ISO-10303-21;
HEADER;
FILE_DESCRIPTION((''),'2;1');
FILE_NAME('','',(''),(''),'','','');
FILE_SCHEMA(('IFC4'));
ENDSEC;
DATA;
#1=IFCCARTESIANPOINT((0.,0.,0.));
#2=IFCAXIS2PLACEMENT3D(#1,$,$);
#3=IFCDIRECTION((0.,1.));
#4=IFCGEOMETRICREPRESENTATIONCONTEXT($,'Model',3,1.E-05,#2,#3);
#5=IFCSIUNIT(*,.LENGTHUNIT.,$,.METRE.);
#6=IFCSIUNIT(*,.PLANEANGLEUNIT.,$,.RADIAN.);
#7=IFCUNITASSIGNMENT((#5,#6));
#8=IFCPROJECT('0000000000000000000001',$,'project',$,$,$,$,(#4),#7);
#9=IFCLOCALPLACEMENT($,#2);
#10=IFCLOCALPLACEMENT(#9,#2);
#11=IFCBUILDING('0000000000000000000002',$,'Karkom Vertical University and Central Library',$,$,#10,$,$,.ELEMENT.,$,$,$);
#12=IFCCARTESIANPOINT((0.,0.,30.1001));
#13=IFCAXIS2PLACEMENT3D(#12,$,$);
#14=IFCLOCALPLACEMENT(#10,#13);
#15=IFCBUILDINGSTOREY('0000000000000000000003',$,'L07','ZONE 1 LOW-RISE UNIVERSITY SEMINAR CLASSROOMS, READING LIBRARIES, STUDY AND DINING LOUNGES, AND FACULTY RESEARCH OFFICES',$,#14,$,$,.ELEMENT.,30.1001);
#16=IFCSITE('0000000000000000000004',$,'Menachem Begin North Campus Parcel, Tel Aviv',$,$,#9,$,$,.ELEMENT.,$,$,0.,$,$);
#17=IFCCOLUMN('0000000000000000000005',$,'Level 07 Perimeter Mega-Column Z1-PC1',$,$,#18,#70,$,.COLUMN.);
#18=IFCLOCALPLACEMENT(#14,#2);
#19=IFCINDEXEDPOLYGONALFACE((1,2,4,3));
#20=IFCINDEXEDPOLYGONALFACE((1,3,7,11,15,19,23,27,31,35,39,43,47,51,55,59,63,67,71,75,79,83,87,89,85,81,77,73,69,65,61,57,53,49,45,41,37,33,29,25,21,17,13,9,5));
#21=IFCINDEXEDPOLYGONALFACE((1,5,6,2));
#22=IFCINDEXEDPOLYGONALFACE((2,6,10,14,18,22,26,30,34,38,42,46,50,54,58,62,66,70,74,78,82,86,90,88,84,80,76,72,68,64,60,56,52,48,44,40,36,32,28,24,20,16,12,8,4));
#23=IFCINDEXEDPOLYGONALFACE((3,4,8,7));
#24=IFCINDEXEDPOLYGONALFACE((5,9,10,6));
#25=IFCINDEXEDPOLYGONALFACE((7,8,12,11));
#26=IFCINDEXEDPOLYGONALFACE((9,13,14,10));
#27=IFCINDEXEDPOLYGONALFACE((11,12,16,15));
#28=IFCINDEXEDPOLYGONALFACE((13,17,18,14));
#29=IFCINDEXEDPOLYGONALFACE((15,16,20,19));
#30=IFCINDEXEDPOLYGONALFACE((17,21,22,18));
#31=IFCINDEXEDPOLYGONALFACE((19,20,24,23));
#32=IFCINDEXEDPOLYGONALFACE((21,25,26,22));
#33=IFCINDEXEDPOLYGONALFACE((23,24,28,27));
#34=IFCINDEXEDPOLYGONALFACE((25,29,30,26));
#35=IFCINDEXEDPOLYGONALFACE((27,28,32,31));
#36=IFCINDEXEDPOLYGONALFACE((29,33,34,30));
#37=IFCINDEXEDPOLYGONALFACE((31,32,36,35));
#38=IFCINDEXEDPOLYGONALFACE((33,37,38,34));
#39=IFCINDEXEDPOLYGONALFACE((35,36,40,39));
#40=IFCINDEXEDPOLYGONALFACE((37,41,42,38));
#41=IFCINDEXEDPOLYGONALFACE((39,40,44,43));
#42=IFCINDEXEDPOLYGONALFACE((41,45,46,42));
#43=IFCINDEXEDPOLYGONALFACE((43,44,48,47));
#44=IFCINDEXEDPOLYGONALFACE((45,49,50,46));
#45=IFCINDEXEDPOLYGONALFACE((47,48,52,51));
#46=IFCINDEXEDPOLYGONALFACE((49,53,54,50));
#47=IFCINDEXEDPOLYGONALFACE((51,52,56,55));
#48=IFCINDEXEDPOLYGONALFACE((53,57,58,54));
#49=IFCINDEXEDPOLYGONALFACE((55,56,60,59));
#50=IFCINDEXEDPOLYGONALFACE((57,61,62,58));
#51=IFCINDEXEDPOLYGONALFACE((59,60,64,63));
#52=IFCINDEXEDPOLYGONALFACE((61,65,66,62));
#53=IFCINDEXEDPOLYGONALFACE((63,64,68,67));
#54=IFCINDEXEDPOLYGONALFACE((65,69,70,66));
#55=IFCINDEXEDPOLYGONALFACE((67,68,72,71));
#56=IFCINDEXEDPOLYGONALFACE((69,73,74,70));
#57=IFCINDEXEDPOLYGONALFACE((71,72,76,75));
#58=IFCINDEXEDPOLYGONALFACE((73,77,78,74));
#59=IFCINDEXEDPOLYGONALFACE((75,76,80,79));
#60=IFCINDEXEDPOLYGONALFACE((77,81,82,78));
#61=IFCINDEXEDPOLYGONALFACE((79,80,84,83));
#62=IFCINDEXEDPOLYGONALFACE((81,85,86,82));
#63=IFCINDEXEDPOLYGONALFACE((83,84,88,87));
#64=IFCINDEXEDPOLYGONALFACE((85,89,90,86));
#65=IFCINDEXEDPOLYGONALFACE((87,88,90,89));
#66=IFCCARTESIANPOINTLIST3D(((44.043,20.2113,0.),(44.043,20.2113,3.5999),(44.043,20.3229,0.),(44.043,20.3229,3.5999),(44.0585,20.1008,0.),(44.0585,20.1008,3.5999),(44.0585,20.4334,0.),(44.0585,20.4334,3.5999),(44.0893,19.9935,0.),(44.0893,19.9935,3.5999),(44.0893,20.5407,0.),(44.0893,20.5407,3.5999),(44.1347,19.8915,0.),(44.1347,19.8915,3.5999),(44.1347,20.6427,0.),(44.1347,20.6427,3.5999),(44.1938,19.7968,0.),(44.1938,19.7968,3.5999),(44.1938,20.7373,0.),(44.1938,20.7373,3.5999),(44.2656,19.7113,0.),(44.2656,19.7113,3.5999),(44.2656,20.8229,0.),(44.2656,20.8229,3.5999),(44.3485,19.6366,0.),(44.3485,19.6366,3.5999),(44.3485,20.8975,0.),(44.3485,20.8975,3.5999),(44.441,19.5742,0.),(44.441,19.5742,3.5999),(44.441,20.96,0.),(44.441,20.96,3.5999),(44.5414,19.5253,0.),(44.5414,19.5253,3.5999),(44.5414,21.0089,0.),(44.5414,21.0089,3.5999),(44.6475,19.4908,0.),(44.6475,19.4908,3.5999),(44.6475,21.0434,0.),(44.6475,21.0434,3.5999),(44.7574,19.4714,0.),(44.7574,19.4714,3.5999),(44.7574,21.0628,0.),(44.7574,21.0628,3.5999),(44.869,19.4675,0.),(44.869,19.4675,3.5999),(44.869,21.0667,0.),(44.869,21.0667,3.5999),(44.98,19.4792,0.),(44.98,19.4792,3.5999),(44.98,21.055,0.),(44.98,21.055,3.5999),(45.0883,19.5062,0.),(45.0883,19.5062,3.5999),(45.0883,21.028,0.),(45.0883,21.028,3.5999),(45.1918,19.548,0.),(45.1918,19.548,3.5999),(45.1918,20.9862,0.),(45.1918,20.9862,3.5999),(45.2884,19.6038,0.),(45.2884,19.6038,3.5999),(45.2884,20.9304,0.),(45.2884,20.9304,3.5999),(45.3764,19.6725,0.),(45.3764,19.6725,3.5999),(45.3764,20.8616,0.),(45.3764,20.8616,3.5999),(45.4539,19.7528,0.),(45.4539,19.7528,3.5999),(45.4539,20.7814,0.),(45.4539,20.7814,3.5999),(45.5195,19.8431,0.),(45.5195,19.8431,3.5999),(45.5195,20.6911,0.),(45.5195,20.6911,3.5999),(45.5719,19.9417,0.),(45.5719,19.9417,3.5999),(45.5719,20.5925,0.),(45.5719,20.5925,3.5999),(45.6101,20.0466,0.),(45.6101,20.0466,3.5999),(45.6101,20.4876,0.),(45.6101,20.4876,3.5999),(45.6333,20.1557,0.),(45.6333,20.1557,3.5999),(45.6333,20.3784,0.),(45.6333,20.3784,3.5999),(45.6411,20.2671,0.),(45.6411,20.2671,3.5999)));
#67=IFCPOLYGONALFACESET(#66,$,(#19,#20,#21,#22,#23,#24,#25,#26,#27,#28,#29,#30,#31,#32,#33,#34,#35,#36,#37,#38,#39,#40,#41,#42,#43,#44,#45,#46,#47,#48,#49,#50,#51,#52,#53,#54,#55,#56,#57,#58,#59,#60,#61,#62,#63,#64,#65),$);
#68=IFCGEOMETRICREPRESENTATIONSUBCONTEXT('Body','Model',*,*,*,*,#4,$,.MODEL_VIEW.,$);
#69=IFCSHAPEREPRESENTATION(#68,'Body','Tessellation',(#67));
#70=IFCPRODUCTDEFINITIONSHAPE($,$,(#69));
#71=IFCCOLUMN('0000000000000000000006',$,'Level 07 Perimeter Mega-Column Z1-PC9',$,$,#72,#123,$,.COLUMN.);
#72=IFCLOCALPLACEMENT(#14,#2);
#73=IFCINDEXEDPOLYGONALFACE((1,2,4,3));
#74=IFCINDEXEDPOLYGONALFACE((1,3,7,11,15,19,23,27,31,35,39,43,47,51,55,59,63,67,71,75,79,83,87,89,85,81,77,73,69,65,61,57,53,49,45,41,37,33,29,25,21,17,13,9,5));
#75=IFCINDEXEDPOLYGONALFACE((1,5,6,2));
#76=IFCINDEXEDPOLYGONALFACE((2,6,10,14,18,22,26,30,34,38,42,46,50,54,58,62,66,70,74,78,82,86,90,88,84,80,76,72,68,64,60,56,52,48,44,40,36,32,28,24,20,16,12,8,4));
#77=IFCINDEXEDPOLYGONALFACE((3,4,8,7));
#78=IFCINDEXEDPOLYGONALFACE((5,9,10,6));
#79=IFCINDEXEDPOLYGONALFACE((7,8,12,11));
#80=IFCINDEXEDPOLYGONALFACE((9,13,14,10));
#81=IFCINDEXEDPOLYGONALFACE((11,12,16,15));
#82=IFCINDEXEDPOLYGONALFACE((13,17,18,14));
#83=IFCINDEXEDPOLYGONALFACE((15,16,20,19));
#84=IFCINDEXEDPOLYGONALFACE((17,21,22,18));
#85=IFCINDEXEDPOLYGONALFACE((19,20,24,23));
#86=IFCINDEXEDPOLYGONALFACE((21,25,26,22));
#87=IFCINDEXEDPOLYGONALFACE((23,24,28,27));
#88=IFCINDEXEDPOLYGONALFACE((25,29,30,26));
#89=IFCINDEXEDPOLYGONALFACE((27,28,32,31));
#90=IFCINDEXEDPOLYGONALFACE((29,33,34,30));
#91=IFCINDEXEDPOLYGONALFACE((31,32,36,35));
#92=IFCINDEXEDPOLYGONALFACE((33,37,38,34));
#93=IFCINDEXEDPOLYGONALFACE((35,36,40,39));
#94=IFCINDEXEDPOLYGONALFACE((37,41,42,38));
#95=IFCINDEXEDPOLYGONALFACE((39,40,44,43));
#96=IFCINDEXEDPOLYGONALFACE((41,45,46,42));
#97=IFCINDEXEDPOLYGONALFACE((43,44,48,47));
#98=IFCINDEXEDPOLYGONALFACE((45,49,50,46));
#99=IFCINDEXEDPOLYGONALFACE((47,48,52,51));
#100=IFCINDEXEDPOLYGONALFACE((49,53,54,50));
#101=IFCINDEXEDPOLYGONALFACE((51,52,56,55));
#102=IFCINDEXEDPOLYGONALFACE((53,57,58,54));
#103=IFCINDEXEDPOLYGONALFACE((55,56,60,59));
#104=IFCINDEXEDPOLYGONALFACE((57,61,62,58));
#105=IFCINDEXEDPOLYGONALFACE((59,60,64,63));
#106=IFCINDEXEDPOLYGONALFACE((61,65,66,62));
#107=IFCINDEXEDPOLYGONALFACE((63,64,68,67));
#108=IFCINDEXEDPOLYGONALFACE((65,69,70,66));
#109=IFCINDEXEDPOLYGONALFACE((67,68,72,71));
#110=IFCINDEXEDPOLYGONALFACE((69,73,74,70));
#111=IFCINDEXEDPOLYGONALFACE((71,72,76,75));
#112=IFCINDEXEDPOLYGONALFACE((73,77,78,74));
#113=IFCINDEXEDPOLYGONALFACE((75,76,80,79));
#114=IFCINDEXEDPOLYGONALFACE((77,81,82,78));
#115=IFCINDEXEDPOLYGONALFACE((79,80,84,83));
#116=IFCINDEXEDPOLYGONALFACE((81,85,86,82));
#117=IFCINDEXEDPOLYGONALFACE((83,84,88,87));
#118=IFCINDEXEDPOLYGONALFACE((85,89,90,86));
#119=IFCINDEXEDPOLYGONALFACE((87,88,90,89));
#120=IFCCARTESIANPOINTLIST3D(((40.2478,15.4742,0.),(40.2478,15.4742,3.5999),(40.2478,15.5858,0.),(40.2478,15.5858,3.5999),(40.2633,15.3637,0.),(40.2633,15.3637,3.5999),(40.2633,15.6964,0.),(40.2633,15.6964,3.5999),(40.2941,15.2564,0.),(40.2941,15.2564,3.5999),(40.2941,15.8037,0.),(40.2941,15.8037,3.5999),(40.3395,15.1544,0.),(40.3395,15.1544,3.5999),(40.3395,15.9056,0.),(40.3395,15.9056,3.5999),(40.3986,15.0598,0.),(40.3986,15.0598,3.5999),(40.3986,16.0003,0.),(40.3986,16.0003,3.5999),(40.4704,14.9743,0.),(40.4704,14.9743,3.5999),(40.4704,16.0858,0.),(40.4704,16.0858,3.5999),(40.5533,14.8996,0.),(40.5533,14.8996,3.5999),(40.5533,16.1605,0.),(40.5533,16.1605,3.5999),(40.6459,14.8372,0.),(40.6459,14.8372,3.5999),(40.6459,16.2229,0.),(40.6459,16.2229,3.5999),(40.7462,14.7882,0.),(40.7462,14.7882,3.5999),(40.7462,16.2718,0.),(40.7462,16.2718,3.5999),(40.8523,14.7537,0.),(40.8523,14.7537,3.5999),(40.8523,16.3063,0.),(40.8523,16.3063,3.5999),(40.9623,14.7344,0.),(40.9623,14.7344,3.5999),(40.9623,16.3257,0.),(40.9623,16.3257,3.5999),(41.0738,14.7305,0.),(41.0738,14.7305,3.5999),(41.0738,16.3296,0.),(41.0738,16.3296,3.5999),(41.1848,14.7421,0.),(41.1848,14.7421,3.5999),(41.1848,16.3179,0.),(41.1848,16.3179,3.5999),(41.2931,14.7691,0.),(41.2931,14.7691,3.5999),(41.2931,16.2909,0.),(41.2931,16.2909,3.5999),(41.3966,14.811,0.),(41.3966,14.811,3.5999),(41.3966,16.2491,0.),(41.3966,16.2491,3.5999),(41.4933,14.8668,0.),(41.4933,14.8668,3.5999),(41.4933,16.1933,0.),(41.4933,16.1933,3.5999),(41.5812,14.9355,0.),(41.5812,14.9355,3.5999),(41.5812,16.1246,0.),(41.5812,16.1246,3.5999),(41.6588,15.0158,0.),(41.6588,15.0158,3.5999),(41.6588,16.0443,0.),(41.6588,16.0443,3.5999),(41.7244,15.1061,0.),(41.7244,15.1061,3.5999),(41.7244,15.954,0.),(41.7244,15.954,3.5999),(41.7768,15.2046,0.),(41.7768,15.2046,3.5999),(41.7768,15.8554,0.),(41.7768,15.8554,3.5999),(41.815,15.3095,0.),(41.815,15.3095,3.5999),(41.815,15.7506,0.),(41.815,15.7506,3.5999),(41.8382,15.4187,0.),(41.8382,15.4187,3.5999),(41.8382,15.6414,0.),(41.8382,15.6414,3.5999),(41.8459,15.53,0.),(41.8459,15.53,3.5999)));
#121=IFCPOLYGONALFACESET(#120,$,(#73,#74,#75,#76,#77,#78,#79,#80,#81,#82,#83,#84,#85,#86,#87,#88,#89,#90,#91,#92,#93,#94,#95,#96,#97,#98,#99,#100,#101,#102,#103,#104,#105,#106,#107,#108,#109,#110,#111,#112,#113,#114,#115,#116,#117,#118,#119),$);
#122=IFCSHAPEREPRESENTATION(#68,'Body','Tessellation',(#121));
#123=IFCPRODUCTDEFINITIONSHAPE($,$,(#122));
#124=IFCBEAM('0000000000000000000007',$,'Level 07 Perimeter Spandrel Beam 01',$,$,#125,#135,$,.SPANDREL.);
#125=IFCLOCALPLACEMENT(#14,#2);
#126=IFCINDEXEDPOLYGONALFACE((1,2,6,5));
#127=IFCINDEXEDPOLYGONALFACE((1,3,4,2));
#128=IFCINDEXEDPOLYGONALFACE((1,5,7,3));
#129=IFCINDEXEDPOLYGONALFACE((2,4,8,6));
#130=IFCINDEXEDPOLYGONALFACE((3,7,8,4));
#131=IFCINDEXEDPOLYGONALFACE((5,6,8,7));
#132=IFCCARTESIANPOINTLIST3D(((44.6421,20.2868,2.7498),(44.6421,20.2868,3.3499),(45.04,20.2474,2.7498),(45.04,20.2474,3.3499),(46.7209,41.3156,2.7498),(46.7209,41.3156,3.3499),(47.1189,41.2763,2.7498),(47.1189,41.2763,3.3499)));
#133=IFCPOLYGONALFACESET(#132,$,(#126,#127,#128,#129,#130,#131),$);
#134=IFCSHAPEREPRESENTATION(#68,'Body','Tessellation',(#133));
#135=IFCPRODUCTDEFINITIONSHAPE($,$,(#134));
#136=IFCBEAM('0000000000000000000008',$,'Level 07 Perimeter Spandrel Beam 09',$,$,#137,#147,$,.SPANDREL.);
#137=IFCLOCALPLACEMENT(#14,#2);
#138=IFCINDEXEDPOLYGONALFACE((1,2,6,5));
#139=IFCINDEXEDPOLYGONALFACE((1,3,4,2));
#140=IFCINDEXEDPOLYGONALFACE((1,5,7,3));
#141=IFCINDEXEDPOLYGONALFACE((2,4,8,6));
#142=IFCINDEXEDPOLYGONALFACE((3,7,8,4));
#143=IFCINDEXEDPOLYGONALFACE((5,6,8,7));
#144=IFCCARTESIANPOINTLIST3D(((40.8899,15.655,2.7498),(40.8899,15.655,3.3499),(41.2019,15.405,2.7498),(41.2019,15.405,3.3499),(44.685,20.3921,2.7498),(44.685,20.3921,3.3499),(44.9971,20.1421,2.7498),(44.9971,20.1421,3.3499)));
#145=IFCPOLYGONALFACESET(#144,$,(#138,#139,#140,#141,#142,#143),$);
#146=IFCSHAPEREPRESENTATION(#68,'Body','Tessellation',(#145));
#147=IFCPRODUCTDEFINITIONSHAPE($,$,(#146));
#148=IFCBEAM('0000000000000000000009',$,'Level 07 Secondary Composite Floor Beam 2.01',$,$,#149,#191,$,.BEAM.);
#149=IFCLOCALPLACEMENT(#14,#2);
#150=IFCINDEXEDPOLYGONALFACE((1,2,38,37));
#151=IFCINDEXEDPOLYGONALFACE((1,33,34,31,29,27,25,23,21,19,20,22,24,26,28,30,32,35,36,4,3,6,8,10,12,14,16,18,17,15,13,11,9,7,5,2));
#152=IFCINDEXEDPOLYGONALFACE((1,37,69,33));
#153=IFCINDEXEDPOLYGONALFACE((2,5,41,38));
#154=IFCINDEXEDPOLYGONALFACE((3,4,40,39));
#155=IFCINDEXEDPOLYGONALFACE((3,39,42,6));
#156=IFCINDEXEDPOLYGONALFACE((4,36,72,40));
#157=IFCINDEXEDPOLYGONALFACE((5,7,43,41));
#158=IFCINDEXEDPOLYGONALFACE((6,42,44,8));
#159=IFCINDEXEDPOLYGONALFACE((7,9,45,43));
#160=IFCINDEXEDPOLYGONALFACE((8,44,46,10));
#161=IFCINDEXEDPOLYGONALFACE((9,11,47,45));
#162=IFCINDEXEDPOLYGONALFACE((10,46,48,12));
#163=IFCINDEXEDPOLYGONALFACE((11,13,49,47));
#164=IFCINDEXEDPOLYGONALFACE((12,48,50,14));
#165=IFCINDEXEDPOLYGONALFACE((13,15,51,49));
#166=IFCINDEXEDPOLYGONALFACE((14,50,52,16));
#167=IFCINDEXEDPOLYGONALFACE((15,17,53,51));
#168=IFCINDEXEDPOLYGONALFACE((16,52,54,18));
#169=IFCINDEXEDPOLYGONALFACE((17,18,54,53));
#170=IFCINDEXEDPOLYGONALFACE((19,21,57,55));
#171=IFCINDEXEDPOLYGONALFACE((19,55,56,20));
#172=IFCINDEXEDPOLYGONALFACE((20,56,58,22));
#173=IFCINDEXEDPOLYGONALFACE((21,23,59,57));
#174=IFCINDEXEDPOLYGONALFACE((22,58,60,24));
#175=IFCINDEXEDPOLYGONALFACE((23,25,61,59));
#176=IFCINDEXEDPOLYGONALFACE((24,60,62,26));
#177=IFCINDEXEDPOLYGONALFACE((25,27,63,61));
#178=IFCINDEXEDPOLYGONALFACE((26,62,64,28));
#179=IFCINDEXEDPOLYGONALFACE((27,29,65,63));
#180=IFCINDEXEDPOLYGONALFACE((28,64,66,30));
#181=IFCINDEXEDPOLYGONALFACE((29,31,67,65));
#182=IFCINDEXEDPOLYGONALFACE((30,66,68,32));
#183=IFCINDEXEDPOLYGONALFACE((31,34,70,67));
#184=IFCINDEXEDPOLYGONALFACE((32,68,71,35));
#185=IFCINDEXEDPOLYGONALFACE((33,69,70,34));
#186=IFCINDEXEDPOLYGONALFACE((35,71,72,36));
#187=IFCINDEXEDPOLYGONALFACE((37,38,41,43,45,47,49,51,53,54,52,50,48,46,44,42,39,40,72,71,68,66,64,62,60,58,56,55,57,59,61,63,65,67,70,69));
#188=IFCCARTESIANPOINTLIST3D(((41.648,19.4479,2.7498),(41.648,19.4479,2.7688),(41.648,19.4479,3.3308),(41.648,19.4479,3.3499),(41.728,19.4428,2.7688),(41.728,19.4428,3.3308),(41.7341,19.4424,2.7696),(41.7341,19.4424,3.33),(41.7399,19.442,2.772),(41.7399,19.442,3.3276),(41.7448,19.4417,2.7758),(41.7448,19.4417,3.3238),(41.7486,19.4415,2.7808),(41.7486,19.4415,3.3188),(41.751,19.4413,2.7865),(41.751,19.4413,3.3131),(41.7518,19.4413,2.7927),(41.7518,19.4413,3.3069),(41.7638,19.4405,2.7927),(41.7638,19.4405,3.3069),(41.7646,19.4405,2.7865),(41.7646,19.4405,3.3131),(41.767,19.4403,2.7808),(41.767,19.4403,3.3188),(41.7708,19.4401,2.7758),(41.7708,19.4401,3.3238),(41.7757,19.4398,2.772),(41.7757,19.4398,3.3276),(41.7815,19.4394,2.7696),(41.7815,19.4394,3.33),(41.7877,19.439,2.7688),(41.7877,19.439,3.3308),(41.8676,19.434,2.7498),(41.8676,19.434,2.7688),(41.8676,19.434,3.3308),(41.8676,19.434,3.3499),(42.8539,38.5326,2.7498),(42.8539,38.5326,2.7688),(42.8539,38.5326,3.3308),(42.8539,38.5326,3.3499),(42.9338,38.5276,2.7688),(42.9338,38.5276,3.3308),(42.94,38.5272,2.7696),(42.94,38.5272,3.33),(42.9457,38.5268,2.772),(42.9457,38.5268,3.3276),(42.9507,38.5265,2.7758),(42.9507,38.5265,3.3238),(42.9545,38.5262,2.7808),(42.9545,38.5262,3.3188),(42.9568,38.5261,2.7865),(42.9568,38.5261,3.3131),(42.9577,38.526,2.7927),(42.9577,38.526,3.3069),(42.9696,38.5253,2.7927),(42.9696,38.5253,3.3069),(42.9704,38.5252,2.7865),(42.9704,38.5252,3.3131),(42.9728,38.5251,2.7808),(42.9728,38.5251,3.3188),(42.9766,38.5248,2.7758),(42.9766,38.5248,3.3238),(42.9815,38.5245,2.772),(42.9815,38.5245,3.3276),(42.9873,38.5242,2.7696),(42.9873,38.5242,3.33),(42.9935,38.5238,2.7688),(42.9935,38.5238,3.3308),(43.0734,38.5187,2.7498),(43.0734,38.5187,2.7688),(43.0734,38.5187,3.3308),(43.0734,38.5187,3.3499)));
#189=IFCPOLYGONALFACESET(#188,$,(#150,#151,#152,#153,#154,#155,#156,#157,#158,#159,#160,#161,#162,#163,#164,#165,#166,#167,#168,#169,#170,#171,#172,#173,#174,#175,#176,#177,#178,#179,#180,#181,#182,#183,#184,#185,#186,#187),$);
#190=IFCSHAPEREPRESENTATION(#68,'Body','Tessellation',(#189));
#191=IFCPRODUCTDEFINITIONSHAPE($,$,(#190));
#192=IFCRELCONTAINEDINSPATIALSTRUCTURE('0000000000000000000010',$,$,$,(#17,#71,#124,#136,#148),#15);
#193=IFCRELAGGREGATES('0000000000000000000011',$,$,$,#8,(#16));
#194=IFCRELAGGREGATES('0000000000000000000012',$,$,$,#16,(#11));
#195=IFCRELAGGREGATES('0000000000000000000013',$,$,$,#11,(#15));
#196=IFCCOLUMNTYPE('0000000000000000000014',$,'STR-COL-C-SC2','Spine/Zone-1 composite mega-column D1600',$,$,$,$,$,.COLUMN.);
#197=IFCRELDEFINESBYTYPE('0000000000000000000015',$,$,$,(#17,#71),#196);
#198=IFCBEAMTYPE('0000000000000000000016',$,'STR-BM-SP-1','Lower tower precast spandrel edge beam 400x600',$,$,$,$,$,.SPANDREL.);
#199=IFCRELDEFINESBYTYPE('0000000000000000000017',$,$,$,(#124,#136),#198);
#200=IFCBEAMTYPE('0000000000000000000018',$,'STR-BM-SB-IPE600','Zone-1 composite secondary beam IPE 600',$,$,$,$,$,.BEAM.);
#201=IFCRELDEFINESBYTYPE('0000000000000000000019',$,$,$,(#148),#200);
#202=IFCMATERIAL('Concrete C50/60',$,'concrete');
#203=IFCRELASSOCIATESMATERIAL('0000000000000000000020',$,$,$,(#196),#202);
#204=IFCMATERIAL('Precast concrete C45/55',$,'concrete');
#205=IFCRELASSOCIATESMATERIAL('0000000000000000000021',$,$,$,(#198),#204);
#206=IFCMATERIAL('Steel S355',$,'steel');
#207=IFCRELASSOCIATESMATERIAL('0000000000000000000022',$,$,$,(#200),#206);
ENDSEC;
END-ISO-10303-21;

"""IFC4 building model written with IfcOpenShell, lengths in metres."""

from ifc_helpers import new_model, si_unit, direction, frame, origin, origin_with_axes, origin_2d, place, context, subcontext, project, spatial, rectangle, circle, i_section, extrude, source, transform, mapped, material, material_profile, profile_set, type_object, element, save


model = new_model("IFC4")

# Units and contexts
model_context = context("Model", 3, precision=1e-05, world=origin(), true_north=direction((0.0, 1.0)))
body_context = subcontext(model_context, "Body", "Model", "MODEL_VIEW")
ifc_project = project(units=[si_unit("LENGTHUNIT", "METRE"), si_unit("PLANEANGLEUNIT", "RADIAN")], contexts=[model_context])

# Site, building, storey
site_placement = place(None, origin())
site = spatial("IfcSite", under=ifc_project, at=site_placement, Name="Menachem Begin North Campus Parcel, Tel Aviv", CompositionType="ELEMENT", RefElevation=0.0)
building_placement = place(site_placement, origin())
building = spatial("IfcBuilding", under=site, at=building_placement, Name="Karkom Vertical University and Central Library", CompositionType="ELEMENT")
storey_placement = place(building_placement, frame((0.0, 0.0, 30.1001)))
storey = spatial("IfcBuildingStorey", under=building, at=storey_placement, Name="L07", Description="ZONE 1 LOW-RISE UNIVERSITY SEMINAR CLASSROOMS, READING LIBRARIES, STUDY AND DINING LOUNGES, AND FACULTY RESEARCH OFFICES", CompositionType="ELEMENT", Elevation=30.1001)

# Columns
ifc_material_1 = material(Name="Concrete C50/60", Category="concrete")
ifc_material_profile_1 = material_profile(ifc_material_1, circle(Radius=0.8, at=origin_2d()), Name="CFT-D1600")
ifc_profile_set_1 = profile_set([ifc_material_profile_1], Name="Concrete C50/60")
column_type = type_object("IfcColumnType", Name="STR-COL-C-SC2", Description="Spine/Zone-1 composite mega-column D1600", PredefinedType="COLUMN", material=ifc_profile_set_1)
shared_shape_1 = source(origin_with_axes(), body_context, "Body", "SweptSolid", [
    extrude(circle(Radius=0.8, at=origin_2d()), origin(), (0.0, 0.0, 1.0), 3.5999),
])
for number, where, z_axis, x_axis, name in (
    (1, (44.8411, 20.2671, 0.0), (0.0, 0.0, 1.0), (1.0, 0.0, 0.0), "Level 07 Perimeter Mega-Column Z1-PC1"),
    (2, (41.0459, 15.53, 0.0), (0.0, 0.0, 1.0), (1.0, 0.0, 0.0), "Level 07 Perimeter Mega-Column Z1-PC9"),
):
    element("IfcColumn", number, at=place(storey_placement, frame(where, z_axis=z_axis, x_axis=x_axis)), inside=storey, type_object=column_type, Name=name, PredefinedType="COLUMN", context=body_context, shape_type="MappedRepresentation", body=[
        mapped(shared_shape_1, transform((0.0, 0.0, 0.0), scale=1.0)),
    ])

# Beams
ifc_material_2 = material(Name="Precast concrete C45/55", Category="concrete")
ifc_material_profile_2 = material_profile(ifc_material_2, rectangle(XDim=0.3999, YDim=0.6001, at=origin_2d()), Name="SPB-400x600")
ifc_profile_set_2 = profile_set([ifc_material_profile_2], Name="Precast concrete C45/55")
beam_type_1 = type_object("IfcBeamType", Name="STR-BM-SP-1", Description="Lower tower precast spandrel edge beam 400x600", PredefinedType="SPANDREL", material=ifc_profile_set_2)
shared_shape_2 = source(origin_with_axes(), body_context, "Body", "SweptSolid", [
    extrude(rectangle(XDim=0.3999, YDim=0.6001, at=origin_2d()), origin(), (0.0, 0.0, 1.0), 21.1313),
])
beam_1_placement = place(storey_placement, frame((44.8411, 20.2671, 3.0498), z_axis=(0.098378, 0.995149, 0.0), x_axis=(-0.995149, 0.098378, 0.0)))
element("IfcBeam", 3, at=beam_1_placement, inside=storey, type_object=beam_type_1, Name="Level 07 Perimeter Spandrel Beam 01", PredefinedType="SPANDREL", context=body_context, shape_type="MappedRepresentation", body=[
    mapped(shared_shape_2, transform((0.0, 0.0, 0.0), scale=1.0)),
])
shared_shape_3 = source(origin_with_axes(), body_context, "Body", "SweptSolid", [
    extrude(rectangle(XDim=0.3999, YDim=0.6001, at=origin_2d()), origin(), (0.0, 0.0, 1.0), 6.0698),
])
beam_2_placement = place(storey_placement, frame((41.0459, 15.53, 3.0498), z_axis=(0.625249, 0.780425, 0.0), x_axis=(-0.780425, 0.625249, 0.0)))
element("IfcBeam", 4, at=beam_2_placement, inside=storey, type_object=beam_type_1, Name="Level 07 Perimeter Spandrel Beam 09", PredefinedType="SPANDREL", context=body_context, shape_type="MappedRepresentation", body=[
    mapped(shared_shape_3, transform((0.0, 0.0, 0.0), scale=1.0)),
])
ifc_material_3 = material(Name="Steel S355", Category="steel")
ifc_material_profile_3 = material_profile(ifc_material_3, i_section(OverallWidth=0.22, OverallDepth=0.6001, WebThickness=0.012, FlangeThickness=0.019, FilletRadius=0.0239, at=origin_2d()), Name="IPE 600")
ifc_profile_set_3 = profile_set([ifc_material_profile_3], Name="Steel S355")
beam_type_2 = type_object("IfcBeamType", Name="STR-BM-SB-IPE600", Description="Zone-1 composite secondary beam IPE 600", PredefinedType="BEAM", material=ifc_profile_set_3)
shared_shape_4 = source(origin_with_axes(), body_context, "Body", "SweptSolid", [
    extrude(i_section(OverallWidth=0.22, OverallDepth=0.6001, WebThickness=0.012, FlangeThickness=0.019, FilletRadius=0.0239, at=origin_2d()), origin(), (0.0, 0.0, 1.0), 19.1228),
])
beam_3_placement = place(storey_placement, frame((41.7578, 19.4409, 3.0498), z_axis=(0.063056, 0.99801, 0.0), x_axis=(-0.99801, 0.063056, 0.0)))
element("IfcBeam", 5, at=beam_3_placement, inside=storey, type_object=beam_type_2, Name="Level 07 Secondary Composite Floor Beam 2.01", PredefinedType="BEAM", context=body_context, shape_type="MappedRepresentation", body=[
    mapped(shared_shape_4, transform((0.0, 0.0, 0.0), scale=1.0)),
])

save(model, "model.ifc")
